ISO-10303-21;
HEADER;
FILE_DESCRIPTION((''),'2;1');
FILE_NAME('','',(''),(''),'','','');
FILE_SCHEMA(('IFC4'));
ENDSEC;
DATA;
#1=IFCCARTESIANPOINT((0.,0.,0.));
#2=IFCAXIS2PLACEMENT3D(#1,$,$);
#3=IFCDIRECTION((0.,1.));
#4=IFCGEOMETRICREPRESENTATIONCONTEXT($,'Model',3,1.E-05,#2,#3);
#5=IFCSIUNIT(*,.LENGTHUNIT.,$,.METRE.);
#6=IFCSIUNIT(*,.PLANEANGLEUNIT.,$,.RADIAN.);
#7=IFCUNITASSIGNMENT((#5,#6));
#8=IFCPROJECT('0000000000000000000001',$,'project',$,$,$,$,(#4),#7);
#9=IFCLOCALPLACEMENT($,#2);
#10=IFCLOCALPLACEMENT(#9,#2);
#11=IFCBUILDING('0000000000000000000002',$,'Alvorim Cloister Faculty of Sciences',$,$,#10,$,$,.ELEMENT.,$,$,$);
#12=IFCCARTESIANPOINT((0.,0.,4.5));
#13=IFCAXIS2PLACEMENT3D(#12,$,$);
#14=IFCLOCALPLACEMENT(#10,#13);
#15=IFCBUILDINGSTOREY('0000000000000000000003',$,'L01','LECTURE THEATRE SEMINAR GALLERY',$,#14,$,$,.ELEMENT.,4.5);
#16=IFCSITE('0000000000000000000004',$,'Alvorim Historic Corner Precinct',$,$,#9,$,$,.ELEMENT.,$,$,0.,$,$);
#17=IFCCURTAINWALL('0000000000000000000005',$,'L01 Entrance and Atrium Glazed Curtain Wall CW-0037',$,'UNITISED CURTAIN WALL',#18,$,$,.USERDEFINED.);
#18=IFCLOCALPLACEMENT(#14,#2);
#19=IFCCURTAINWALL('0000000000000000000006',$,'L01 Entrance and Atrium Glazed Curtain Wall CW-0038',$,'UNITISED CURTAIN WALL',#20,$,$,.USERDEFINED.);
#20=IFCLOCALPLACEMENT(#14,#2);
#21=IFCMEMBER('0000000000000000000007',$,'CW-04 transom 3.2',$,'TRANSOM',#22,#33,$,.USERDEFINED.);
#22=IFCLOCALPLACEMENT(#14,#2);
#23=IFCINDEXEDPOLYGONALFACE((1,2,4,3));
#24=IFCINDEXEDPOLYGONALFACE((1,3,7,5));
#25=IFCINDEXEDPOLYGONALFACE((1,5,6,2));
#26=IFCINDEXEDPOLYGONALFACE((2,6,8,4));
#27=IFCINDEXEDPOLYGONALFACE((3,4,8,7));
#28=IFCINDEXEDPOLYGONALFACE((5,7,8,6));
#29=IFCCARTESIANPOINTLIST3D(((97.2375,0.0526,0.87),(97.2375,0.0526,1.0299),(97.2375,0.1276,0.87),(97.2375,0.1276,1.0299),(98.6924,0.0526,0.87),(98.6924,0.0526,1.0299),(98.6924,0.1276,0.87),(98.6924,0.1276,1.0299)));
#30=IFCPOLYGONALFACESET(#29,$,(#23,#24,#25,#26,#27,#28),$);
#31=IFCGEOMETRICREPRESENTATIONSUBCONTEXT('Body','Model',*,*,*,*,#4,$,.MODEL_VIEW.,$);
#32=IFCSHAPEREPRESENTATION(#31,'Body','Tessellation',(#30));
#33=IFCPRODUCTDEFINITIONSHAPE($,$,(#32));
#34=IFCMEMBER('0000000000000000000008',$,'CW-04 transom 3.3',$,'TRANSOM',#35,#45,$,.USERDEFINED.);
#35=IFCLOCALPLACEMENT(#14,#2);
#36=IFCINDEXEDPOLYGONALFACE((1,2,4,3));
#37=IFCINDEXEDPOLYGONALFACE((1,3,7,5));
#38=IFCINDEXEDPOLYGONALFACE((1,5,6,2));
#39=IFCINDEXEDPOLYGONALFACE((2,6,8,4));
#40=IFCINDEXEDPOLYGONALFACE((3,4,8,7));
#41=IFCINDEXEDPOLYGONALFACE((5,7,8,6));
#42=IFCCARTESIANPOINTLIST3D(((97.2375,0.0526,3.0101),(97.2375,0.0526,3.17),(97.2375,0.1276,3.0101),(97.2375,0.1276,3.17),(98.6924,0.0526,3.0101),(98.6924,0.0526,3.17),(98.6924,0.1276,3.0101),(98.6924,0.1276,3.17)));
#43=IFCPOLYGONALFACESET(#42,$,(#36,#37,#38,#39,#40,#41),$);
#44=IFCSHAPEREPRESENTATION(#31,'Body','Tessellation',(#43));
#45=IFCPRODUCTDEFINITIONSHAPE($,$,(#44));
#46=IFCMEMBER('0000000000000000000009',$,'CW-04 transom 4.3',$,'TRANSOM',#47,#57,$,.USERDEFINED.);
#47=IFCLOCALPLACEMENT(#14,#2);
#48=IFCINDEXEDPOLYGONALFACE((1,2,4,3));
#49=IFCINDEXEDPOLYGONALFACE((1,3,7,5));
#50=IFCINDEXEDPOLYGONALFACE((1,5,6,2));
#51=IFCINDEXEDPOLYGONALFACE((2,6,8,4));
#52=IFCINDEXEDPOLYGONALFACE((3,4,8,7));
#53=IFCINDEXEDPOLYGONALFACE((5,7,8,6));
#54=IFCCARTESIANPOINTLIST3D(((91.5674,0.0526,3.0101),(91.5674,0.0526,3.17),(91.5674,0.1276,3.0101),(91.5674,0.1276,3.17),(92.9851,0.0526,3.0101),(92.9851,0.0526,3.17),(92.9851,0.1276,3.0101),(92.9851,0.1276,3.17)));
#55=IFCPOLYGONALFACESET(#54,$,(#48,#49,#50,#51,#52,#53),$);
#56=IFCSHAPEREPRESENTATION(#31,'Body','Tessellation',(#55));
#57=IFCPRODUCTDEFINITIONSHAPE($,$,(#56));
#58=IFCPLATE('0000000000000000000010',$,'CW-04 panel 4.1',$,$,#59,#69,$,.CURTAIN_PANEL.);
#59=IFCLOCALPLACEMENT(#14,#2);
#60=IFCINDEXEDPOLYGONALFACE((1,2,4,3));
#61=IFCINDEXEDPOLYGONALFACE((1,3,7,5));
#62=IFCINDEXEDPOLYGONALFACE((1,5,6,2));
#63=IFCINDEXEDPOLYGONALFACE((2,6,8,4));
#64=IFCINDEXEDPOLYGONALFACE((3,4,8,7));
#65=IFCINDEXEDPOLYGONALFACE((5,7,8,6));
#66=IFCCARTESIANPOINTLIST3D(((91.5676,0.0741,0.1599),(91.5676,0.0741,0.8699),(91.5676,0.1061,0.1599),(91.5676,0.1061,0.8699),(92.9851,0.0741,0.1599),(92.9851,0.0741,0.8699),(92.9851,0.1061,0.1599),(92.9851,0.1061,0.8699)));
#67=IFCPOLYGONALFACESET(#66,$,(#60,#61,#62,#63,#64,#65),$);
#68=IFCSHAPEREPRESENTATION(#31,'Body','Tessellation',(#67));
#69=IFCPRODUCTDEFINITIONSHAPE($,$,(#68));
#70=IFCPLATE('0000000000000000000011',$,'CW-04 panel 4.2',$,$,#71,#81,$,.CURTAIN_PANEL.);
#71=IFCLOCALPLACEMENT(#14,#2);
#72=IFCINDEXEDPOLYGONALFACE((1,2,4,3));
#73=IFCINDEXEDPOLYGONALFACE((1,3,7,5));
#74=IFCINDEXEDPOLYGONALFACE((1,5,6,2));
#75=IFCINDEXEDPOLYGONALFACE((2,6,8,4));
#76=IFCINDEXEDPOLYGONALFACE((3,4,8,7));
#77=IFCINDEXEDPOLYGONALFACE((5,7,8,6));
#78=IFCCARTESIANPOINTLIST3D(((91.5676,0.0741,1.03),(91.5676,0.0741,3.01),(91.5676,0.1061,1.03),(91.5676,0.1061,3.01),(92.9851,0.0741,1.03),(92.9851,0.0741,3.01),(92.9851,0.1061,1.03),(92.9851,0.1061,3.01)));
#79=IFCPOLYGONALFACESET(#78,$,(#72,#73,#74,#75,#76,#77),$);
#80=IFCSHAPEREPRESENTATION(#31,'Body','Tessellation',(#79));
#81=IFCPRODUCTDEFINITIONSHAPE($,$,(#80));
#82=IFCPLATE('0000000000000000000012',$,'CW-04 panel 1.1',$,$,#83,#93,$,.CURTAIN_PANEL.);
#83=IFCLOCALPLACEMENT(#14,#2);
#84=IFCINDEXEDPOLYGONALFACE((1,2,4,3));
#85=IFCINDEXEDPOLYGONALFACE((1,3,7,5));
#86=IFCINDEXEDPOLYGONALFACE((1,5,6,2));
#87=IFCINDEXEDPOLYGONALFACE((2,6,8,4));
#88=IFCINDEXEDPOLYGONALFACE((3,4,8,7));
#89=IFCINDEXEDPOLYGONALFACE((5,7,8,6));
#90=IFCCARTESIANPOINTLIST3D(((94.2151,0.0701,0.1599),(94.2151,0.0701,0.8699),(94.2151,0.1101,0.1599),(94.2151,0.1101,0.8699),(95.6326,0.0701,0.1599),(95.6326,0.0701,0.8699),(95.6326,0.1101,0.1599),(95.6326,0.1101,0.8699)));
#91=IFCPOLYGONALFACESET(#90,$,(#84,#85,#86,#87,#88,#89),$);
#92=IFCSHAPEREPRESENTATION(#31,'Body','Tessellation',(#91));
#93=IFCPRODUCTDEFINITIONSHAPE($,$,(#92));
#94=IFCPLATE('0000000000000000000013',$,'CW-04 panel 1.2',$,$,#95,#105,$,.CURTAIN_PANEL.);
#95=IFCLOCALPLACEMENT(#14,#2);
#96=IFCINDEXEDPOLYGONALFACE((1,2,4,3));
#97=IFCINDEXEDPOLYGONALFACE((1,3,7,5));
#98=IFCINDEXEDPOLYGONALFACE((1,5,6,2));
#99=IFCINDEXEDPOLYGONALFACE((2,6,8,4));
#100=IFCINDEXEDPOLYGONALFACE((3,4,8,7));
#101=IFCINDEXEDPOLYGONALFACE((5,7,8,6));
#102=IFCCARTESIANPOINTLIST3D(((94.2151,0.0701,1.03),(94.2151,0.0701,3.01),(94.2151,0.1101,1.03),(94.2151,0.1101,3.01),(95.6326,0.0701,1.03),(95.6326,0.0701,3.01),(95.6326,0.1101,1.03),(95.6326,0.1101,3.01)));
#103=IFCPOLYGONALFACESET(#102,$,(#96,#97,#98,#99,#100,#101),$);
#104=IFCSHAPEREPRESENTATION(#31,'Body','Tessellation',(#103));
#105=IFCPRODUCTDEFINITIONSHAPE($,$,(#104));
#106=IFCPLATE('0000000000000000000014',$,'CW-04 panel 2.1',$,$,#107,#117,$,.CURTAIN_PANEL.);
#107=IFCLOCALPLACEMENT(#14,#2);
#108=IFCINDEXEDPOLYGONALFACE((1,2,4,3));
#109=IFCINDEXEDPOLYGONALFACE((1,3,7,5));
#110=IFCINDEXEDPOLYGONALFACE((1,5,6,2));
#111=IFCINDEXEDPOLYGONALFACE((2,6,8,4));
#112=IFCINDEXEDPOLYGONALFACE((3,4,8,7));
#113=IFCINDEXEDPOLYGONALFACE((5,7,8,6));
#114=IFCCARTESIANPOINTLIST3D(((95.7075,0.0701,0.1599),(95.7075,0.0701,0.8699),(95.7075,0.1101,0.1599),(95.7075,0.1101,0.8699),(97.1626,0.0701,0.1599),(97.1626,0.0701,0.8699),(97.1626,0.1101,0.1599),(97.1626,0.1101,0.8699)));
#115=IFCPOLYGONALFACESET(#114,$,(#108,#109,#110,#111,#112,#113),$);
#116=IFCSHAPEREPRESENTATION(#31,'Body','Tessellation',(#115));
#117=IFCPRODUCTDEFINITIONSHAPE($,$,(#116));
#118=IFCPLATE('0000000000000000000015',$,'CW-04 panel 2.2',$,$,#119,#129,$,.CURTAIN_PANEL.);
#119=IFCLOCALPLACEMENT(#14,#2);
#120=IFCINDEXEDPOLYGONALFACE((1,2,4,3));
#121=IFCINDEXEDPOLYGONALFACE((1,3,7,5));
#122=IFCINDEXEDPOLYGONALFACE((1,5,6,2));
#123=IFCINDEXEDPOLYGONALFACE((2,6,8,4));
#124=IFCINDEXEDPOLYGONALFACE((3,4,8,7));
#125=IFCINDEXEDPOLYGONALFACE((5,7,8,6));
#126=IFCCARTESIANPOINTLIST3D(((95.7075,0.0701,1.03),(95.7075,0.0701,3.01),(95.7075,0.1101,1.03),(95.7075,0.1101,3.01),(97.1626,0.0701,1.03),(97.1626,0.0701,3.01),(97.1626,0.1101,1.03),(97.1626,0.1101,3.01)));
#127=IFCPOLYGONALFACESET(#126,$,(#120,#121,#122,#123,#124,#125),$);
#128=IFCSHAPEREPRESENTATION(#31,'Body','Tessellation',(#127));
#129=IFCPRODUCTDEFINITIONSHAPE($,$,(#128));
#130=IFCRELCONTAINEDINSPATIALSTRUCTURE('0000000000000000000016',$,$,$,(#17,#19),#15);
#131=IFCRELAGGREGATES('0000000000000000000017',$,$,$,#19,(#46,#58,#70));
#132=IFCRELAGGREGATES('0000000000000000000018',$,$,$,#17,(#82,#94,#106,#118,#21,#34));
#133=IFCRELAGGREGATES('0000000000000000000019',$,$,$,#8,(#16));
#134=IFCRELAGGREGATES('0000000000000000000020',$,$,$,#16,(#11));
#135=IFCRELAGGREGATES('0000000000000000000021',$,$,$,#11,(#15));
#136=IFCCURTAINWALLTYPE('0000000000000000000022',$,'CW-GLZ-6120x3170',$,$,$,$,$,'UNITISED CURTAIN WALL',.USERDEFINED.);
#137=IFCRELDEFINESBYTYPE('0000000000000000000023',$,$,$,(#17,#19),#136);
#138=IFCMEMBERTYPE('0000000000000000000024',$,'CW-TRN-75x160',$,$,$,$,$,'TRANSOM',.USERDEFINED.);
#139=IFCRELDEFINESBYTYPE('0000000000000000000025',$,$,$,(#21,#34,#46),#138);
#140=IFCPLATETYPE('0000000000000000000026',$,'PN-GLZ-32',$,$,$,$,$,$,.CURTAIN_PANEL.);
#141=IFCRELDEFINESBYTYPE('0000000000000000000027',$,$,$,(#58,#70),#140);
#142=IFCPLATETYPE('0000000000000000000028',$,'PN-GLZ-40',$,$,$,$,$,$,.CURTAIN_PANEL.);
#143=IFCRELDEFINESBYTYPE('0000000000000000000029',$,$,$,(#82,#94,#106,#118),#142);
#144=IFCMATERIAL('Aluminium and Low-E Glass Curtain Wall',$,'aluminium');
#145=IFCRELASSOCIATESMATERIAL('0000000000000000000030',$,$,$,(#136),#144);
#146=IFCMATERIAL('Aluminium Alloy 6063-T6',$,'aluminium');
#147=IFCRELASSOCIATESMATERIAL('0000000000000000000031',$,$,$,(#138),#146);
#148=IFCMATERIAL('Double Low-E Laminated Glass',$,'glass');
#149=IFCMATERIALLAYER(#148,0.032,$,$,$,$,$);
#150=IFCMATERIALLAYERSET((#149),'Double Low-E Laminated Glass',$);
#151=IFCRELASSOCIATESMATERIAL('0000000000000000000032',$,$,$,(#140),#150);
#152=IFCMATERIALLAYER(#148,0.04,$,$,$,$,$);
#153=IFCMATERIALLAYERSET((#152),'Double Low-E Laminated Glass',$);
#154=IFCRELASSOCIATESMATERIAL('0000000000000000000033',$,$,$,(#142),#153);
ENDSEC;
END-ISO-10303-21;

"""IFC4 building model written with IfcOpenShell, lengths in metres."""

from ifc_helpers import new_model, si_unit, direction, frame, origin, origin_2d, place, context, subcontext, project, spatial, rectangle, extrude, material, layer, layer_set, material_profile, profile_set, type_object, element, aggregate, save


model = new_model("IFC4")

# Units and contexts
model_context = context("Model", 3, precision=1e-05, world=origin(), true_north=direction((0.0, 1.0)))
body_context = subcontext(model_context, "Body", "Model", "MODEL_VIEW")
ifc_project = project(units=[si_unit("LENGTHUNIT", "METRE"), si_unit("PLANEANGLEUNIT", "RADIAN")], contexts=[model_context])

# Site, building, storey
site_placement = place(None, origin())
site = spatial("IfcSite", under=ifc_project, at=site_placement, Name="Alvorim Historic Corner Precinct", CompositionType="ELEMENT", RefElevation=0.0)
building_placement = place(site_placement, origin())
building = spatial("IfcBuilding", under=site, at=building_placement, Name="Alvorim Cloister Faculty of Sciences", CompositionType="ELEMENT")
storey_placement = place(building_placement, frame((0.0, 0.0, 4.5)))
storey = spatial("IfcBuildingStorey", under=building, at=storey_placement, Name="L01", Description="LECTURE THEATRE SEMINAR GALLERY", CompositionType="ELEMENT", Elevation=4.5)

# Curtain wall
ifc_material_1 = material(Name="Aluminium and Low-E Glass Curtain Wall", Category="aluminium")
curtain_wall_type = type_object("IfcCurtainWallType", Name="CW-GLZ-6120x3170", ElementType="UNITISED CURTAIN WALL", PredefinedType="USERDEFINED", material=ifc_material_1)
curtain_wall_1_placement = place(storey_placement, origin())
curtain_wall_1 = element("IfcCurtainWall", 1, at=curtain_wall_1_placement, inside=storey, type_object=curtain_wall_type, Name="L01 Entrance and Atrium Glazed Curtain Wall CW-0037", ObjectType="UNITISED CURTAIN WALL", PredefinedType="USERDEFINED")
ifc_material_2 = material(Name="Aluminium Alloy 6063-T6", Category="aluminium")

# Curtain wall
curtain_wall_2_placement = place(storey_placement, origin())
curtain_wall_2 = element("IfcCurtainWall", 2, at=curtain_wall_2_placement, inside=storey, type_object=curtain_wall_type, Name="L01 Entrance and Atrium Glazed Curtain Wall CW-0038", ObjectType="UNITISED CURTAIN WALL", PredefinedType="USERDEFINED")

# Members
ifc_material_profile_1 = material_profile(ifc_material_2, rectangle(XDim=0.075, YDim=0.1599, at=origin_2d()), Name="ALU-TRN-75x160")
ifc_profile_set_1 = profile_set([ifc_material_profile_1], Name="Aluminium Alloy 6063-T6")
member_type_1 = type_object("IfcMemberType", Name="CW-TRN-75x160", ElementType="TRANSOM", PredefinedType="USERDEFINED", material=ifc_profile_set_1)
member_1_placement = place(storey_placement, frame((97.2375, 0.0901, 0.95), z_axis=(1.0, 0.0, 0.0), x_axis=(0.0, 1.0, 0.0)))
member_1 = element("IfcMember", 3, at=member_1_placement, type_object=member_type_1, Name="CW-04 transom 3.2", ObjectType="TRANSOM", PredefinedType="USERDEFINED", context=body_context, shape_type="SweptSolid", body=[
    extrude(rectangle(XDim=0.075, YDim=0.1599, at=origin_2d()), origin(), (0.0, 0.0, 1.0), 1.4548),
])
member_2_placement = place(storey_placement, frame((97.2375, 0.0901, 3.0901), z_axis=(1.0, 0.0, 0.0), x_axis=(0.0, 1.0, 0.0)))
member_2 = element("IfcMember", 4, at=member_2_placement, type_object=member_type_1, Name="CW-04 transom 3.3", ObjectType="TRANSOM", PredefinedType="USERDEFINED", context=body_context, shape_type="SweptSolid", body=[
    extrude(rectangle(XDim=0.075, YDim=0.1599, at=origin_2d()), origin(), (0.0, 0.0, 1.0), 1.4548),
])
member_3_placement = place(storey_placement, frame((91.5674, 0.0901, 3.0901), z_axis=(1.0, 0.0, 0.0), x_axis=(0.0, 1.0, 0.0)))
member_3 = element("IfcMember", 5, at=member_3_placement, type_object=member_type_1, Name="CW-04 transom 4.3", ObjectType="TRANSOM", PredefinedType="USERDEFINED", context=body_context, shape_type="SweptSolid", body=[
    extrude(rectangle(XDim=0.075, YDim=0.1599, at=origin_2d()), origin(), (0.0, 0.0, 1.0), 1.4177),
])

# Plates
ifc_material_3 = material(Name="Double Low-E Laminated Glass", Category="glass")
ifc_layer_1 = layer(ifc_material_3, 0.032)
ifc_layer_set_1 = layer_set([ifc_layer_1], Name="Double Low-E Laminated Glass")
plate_type_1 = type_object("IfcPlateType", Name="PN-GLZ-32", PredefinedType="CURTAIN_PANEL", material=ifc_layer_set_1)
plate_1_placement = place(storey_placement, frame((92.2764, 0.0901, 0.1599), z_axis=(0.0, 0.0, 1.0), x_axis=(1.0, 0.0, 0.0)))
plate_1 = element("IfcPlate", 6, at=plate_1_placement, type_object=plate_type_1, Name="CW-04 panel 4.1", PredefinedType="CURTAIN_PANEL", context=body_context, shape_type="SweptSolid", body=[
    extrude(rectangle(XDim=1.4175, YDim=0.032, at=origin_2d()), origin(), (0.0, 0.0, 1.0), 0.71),
])
plate_2_placement = place(storey_placement, frame((92.2764, 0.0901, 1.03), z_axis=(0.0, 0.0, 1.0), x_axis=(1.0, 0.0, 0.0)))
plate_2 = element("IfcPlate", 7, at=plate_2_placement, type_object=plate_type_1, Name="CW-04 panel 4.2", PredefinedType="CURTAIN_PANEL", context=body_context, shape_type="SweptSolid", body=[
    extrude(rectangle(XDim=1.4175, YDim=0.032, at=origin_2d()), origin(), (0.0, 0.0, 1.0), 1.98),
])
aggregate(curtain_wall_2, [member_3, plate_1, plate_2])
ifc_layer_2 = layer(ifc_material_3, 0.04)
ifc_layer_set_2 = layer_set([ifc_layer_2], Name="Double Low-E Laminated Glass")
plate_type_2 = type_object("IfcPlateType", Name="PN-GLZ-40", PredefinedType="CURTAIN_PANEL", material=ifc_layer_set_2)
plate_3_placement = place(storey_placement, frame((94.9238, 0.0901, 0.1599), z_axis=(0.0, 0.0, 1.0), x_axis=(1.0, 0.0, 0.0)))
plate_3 = element("IfcPlate", 8, at=plate_3_placement, type_object=plate_type_2, Name="CW-04 panel 1.1", PredefinedType="CURTAIN_PANEL", context=body_context, shape_type="SweptSolid", body=[
    extrude(rectangle(XDim=1.4175, YDim=0.04, at=origin_2d()), origin(), (0.0, 0.0, 1.0), 0.71),
])
plate_4_placement = place(storey_placement, frame((94.9238, 0.0901, 1.03), z_axis=(0.0, 0.0, 1.0), x_axis=(1.0, 0.0, 0.0)))
plate_4 = element("IfcPlate", 9, at=plate_4_placement, type_object=plate_type_2, Name="CW-04 panel 1.2", PredefinedType="CURTAIN_PANEL", context=body_context, shape_type="SweptSolid", body=[
    extrude(rectangle(XDim=1.4175, YDim=0.04, at=origin_2d()), origin(), (0.0, 0.0, 1.0), 1.98),
])
plate_5_placement = place(storey_placement, frame((96.4351, 0.0901, 0.1599), z_axis=(0.0, 0.0, 1.0), x_axis=(1.0, 0.0, 0.0)))
plate_5 = element("IfcPlate", 10, at=plate_5_placement, type_object=plate_type_2, Name="CW-04 panel 2.1", PredefinedType="CURTAIN_PANEL", context=body_context, shape_type="SweptSolid", body=[
    extrude(rectangle(XDim=1.4551, YDim=0.04, at=origin_2d()), origin(), (0.0, 0.0, 1.0), 0.71),
])
plate_6_placement = place(storey_placement, frame((96.4351, 0.0901, 1.03), z_axis=(0.0, 0.0, 1.0), x_axis=(1.0, 0.0, 0.0)))
plate_6 = element("IfcPlate", 11, at=plate_6_placement, type_object=plate_type_2, Name="CW-04 panel 2.2", PredefinedType="CURTAIN_PANEL", context=body_context, shape_type="SweptSolid", body=[
    extrude(rectangle(XDim=1.4551, YDim=0.04, at=origin_2d()), origin(), (0.0, 0.0, 1.0), 1.98),
])
aggregate(curtain_wall_1, [plate_3, plate_4, plate_5, plate_6, member_1, member_2])

save(model, "model.ifc")
